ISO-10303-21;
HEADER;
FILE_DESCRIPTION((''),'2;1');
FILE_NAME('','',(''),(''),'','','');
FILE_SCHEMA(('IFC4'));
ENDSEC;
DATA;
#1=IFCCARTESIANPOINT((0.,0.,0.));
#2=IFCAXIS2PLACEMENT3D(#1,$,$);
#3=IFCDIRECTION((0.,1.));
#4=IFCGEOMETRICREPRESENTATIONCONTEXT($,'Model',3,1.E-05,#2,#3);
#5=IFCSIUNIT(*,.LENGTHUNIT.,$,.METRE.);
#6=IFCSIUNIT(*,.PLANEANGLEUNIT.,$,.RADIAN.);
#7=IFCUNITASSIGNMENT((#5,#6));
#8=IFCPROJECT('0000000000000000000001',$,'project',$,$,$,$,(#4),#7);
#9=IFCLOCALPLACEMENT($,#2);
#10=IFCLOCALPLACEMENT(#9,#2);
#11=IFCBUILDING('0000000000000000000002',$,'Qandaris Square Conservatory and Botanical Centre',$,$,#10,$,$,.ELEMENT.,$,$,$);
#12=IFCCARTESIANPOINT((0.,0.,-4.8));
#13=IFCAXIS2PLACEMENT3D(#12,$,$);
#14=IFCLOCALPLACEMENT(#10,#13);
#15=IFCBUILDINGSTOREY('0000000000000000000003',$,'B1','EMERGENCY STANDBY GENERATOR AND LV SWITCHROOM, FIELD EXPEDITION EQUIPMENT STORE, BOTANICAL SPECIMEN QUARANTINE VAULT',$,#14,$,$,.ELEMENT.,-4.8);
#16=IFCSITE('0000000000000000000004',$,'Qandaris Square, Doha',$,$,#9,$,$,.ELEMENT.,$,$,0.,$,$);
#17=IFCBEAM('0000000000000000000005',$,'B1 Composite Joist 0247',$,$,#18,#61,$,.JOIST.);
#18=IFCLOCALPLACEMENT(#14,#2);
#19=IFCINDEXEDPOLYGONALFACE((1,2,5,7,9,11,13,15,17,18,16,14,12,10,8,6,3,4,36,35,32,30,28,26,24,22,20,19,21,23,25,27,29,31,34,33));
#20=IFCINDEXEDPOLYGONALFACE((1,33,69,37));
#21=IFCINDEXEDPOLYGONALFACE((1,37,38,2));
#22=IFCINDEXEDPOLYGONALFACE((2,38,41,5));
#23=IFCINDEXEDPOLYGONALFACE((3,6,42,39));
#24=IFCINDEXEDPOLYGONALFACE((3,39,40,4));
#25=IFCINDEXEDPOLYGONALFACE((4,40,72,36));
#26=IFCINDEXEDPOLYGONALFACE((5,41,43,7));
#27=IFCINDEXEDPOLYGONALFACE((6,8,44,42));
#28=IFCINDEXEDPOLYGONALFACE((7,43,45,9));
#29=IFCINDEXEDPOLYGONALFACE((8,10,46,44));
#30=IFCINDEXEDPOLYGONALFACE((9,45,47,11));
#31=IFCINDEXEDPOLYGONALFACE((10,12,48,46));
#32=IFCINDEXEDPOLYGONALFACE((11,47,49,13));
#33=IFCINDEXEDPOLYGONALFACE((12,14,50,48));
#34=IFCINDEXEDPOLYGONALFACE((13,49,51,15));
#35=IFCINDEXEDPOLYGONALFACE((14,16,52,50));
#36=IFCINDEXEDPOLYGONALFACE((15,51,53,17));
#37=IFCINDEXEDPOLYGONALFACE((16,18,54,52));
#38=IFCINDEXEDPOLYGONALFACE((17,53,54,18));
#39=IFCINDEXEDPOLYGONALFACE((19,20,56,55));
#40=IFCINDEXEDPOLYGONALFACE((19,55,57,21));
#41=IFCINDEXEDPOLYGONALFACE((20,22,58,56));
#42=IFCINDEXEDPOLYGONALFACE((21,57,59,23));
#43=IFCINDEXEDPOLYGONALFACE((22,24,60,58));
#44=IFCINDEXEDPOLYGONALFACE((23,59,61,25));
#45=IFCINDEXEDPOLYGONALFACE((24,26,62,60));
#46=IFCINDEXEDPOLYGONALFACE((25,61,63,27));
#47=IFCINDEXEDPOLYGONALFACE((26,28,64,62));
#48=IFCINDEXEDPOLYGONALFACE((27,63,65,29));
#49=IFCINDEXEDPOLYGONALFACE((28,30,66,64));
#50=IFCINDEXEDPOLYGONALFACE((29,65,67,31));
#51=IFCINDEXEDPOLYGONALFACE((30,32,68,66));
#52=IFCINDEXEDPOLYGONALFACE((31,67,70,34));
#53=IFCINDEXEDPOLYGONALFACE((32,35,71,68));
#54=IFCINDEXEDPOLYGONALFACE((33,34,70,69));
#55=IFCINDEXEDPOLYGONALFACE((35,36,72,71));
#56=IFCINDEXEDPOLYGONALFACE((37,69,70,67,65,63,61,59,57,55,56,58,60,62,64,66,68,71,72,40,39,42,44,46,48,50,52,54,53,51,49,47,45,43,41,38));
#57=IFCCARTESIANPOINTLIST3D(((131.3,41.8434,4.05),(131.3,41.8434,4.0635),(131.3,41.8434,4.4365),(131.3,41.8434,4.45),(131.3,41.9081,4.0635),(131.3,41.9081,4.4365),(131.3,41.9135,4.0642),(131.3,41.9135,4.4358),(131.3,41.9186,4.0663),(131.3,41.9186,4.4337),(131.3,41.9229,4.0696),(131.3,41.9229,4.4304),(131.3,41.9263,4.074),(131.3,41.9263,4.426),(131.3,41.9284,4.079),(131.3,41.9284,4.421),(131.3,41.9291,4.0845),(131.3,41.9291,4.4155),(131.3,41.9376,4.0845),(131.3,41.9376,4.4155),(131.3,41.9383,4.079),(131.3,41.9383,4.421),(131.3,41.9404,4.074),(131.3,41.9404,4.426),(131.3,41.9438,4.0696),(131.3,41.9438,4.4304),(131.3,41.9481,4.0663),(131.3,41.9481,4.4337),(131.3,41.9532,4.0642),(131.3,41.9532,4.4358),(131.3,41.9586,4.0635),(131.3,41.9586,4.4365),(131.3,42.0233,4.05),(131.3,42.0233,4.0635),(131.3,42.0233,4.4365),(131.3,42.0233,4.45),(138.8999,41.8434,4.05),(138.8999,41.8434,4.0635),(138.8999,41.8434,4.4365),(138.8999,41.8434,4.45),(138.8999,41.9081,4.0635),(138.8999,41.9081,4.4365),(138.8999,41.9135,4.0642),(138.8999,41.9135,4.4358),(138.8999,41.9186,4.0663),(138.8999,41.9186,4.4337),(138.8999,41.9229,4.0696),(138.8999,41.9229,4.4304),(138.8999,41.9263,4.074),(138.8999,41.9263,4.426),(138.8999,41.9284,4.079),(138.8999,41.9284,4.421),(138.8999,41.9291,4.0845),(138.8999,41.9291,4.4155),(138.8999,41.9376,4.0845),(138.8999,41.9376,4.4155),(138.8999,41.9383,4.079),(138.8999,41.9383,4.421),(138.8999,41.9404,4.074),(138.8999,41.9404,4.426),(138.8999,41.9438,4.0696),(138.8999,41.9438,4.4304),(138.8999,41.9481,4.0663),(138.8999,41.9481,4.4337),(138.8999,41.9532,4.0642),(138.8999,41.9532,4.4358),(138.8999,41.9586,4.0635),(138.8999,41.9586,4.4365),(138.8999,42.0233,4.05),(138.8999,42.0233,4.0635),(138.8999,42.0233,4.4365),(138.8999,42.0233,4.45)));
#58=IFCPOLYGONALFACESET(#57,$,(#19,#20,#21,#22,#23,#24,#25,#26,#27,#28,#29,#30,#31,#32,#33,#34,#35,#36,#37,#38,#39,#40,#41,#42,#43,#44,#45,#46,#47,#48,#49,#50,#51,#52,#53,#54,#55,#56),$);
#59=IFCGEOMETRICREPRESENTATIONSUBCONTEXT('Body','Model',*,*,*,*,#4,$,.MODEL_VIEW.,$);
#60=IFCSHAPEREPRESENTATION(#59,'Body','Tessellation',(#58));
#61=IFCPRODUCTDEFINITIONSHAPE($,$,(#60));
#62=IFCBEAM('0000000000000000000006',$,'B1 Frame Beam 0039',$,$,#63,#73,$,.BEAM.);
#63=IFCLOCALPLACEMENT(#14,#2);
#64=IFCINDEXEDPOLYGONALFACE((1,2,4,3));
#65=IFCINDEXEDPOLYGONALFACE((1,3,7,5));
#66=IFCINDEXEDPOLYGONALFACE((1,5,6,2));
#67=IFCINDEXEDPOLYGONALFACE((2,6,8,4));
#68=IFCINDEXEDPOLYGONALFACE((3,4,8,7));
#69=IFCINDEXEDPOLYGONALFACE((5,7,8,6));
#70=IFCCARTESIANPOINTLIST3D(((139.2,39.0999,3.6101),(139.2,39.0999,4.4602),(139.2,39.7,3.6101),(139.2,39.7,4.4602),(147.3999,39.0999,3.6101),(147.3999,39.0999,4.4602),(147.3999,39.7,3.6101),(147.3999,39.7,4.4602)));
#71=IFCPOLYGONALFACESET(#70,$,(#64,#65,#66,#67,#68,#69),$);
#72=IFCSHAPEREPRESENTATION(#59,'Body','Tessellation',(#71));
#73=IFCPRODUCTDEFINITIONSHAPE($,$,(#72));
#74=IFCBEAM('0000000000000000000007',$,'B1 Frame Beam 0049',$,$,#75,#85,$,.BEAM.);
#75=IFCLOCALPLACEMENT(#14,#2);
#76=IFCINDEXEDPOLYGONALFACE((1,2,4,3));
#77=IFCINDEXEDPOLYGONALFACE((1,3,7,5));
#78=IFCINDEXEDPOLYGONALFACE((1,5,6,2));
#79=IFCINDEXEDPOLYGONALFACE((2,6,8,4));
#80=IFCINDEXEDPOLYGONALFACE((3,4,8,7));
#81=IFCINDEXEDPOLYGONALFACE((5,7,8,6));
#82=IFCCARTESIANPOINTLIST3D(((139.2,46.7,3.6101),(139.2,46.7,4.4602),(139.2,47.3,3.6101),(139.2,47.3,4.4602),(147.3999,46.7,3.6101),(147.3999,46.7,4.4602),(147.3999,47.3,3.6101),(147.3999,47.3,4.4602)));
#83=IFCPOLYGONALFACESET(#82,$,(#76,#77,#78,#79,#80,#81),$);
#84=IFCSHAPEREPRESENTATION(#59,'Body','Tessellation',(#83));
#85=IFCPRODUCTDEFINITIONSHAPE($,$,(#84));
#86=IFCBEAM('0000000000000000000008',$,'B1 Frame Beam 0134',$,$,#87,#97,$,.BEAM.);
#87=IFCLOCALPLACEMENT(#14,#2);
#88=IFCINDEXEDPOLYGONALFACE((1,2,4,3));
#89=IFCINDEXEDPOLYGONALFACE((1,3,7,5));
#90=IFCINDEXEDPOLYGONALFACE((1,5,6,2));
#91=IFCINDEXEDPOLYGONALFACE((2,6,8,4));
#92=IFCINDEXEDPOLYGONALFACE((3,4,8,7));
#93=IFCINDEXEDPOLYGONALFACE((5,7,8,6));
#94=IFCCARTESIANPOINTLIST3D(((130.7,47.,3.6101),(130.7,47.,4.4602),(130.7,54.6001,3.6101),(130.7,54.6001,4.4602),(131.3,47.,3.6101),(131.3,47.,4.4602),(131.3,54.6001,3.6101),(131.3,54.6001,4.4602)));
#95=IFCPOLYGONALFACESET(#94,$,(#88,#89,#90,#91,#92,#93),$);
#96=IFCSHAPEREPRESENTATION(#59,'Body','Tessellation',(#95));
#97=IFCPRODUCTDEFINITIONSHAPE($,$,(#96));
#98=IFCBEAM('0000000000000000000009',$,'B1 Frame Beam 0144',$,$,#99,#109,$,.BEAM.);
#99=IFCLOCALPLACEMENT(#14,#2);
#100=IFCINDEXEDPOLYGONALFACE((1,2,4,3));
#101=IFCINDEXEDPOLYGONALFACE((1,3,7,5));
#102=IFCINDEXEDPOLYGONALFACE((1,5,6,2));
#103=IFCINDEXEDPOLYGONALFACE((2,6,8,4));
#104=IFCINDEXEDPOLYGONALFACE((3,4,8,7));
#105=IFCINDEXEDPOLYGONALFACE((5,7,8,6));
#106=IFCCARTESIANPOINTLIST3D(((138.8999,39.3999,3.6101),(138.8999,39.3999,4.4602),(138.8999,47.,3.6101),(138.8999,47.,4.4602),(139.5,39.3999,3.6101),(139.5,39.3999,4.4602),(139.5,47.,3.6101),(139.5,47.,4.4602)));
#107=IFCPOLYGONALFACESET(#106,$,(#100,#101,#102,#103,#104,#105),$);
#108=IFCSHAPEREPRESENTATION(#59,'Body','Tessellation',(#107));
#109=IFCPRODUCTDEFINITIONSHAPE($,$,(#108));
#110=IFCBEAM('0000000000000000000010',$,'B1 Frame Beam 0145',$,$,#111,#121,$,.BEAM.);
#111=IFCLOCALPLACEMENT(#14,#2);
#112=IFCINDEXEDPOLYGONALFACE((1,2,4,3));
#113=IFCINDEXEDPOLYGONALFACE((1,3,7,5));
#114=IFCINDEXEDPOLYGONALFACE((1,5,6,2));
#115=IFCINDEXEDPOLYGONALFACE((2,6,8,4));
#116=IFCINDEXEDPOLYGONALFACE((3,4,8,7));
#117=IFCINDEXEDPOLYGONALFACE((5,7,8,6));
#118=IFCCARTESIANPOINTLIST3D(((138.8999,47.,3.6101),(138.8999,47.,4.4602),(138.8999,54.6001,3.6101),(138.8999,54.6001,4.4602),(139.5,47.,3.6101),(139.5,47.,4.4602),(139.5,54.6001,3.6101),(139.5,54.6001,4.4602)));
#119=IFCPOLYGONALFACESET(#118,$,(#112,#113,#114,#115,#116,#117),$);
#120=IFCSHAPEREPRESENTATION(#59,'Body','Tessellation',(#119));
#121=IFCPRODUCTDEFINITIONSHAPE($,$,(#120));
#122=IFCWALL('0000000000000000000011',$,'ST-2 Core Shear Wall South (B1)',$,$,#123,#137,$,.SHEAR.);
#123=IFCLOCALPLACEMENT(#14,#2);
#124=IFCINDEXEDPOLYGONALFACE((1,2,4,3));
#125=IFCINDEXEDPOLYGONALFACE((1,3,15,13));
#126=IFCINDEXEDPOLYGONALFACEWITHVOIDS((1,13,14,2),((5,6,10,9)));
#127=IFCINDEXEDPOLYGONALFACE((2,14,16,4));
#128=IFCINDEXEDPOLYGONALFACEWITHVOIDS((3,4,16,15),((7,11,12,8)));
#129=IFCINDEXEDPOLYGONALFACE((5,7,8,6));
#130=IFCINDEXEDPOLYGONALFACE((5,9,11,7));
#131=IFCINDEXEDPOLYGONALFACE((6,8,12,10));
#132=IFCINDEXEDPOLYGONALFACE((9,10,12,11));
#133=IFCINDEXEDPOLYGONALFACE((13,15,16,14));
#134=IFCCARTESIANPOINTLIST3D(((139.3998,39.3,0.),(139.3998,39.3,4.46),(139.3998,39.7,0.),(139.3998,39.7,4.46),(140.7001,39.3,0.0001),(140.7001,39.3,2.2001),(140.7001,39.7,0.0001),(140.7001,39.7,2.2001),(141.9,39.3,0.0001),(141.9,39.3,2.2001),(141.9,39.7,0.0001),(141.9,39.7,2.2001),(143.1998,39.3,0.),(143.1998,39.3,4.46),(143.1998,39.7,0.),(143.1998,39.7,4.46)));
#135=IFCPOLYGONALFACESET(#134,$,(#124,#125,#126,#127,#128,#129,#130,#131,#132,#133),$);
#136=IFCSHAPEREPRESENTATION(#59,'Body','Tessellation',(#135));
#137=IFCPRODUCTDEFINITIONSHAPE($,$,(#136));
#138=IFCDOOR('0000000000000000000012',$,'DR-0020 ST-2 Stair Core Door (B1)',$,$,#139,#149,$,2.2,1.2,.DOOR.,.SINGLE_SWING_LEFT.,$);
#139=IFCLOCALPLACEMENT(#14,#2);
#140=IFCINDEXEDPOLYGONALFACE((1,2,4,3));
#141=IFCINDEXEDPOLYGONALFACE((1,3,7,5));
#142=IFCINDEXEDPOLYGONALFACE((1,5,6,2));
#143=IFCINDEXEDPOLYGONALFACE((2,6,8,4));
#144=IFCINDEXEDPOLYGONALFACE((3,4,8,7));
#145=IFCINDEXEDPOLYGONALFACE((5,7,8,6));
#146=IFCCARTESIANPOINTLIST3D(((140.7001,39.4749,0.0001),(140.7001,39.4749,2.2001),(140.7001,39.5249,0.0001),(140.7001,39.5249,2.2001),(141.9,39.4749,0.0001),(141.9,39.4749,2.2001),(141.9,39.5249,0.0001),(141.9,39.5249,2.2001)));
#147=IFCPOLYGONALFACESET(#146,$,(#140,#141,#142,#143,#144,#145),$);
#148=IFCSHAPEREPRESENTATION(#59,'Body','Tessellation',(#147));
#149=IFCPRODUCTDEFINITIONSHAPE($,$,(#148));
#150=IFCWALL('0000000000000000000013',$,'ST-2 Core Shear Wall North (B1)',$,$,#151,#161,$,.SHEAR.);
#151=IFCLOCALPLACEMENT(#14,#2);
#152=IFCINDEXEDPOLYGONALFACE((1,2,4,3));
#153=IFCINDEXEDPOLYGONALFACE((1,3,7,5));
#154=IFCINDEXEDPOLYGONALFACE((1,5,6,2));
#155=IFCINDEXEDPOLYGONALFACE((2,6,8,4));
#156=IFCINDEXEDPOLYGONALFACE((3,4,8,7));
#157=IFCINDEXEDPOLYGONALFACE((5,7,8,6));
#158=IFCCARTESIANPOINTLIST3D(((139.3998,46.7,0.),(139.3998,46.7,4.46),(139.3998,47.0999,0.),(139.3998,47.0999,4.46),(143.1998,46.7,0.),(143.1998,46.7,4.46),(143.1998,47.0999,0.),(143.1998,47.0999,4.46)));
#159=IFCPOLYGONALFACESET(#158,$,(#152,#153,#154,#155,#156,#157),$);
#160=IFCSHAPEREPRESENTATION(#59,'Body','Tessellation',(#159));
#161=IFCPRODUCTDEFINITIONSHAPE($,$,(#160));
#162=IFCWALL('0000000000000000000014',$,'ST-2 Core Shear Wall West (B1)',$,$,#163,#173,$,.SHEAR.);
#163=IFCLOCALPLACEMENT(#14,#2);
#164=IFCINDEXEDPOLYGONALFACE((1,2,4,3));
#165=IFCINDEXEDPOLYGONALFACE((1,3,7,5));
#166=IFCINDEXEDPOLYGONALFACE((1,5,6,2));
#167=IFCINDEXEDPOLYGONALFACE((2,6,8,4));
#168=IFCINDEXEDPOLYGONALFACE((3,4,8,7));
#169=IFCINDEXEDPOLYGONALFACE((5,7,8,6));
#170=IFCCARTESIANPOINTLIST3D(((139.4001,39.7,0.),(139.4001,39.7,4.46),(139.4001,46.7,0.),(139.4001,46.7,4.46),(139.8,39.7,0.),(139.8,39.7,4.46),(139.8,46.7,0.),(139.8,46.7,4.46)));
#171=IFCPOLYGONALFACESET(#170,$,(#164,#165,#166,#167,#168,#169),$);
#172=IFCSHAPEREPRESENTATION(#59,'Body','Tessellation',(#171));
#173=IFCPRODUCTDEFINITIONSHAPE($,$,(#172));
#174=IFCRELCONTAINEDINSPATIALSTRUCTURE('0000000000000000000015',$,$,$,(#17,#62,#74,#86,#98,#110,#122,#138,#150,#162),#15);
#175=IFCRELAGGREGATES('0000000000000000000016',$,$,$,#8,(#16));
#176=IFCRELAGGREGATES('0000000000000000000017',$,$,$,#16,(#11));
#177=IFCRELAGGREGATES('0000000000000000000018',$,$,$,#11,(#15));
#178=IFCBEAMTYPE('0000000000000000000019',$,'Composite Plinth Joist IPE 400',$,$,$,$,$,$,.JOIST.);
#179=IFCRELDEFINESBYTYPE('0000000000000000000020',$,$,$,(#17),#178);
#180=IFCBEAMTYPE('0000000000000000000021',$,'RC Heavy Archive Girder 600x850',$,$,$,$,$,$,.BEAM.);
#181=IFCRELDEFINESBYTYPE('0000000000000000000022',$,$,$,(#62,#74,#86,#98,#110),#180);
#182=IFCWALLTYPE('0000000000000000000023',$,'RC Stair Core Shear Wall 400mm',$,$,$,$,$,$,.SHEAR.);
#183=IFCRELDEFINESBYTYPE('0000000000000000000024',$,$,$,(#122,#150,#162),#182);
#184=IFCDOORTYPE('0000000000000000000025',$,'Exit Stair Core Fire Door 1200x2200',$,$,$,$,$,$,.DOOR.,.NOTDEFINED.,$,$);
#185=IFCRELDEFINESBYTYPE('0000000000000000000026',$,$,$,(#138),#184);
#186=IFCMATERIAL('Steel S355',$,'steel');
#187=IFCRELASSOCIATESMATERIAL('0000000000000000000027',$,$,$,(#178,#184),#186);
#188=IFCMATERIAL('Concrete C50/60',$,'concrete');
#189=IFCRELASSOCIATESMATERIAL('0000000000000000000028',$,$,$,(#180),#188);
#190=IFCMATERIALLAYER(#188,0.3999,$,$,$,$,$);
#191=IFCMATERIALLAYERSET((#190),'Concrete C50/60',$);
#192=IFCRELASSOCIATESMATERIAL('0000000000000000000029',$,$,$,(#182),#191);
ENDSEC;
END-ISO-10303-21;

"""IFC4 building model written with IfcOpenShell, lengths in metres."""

from ifc_helpers import new_model, si_unit, direction, frame, frame_2d, origin, origin_2d, place, context, subcontext, project, spatial, rectangle, i_section, extrude, material, layer, layer_set, material_profile, profile_set, type_object, element, fill, save


model = new_model("IFC4")

# Units and contexts
model_context = context("Model", 3, precision=1e-05, world=origin(), true_north=direction((0.0, 1.0)))
body_context = subcontext(model_context, "Body", "Model", "MODEL_VIEW")
ifc_project = project(units=[si_unit("LENGTHUNIT", "METRE"), si_unit("PLANEANGLEUNIT", "RADIAN")], contexts=[model_context])

# Site, building, storey
site_placement = place(None, origin())
site = spatial("IfcSite", under=ifc_project, at=site_placement, Name="Qandaris Square, Doha", CompositionType="ELEMENT", RefElevation=0.0)
building_placement = place(site_placement, origin())
building = spatial("IfcBuilding", under=site, at=building_placement, Name="Qandaris Square Conservatory and Botanical Centre", CompositionType="ELEMENT")
storey_placement = place(building_placement, frame((0.0, 0.0, -4.8)))
storey = spatial("IfcBuildingStorey", under=building, at=storey_placement, Name="B1", Description="EMERGENCY STANDBY GENERATOR AND LV SWITCHROOM, FIELD EXPEDITION EQUIPMENT STORE, BOTANICAL SPECIMEN QUARANTINE VAULT", CompositionType="ELEMENT", Elevation=-4.8)

# Shared definitions
ifc_material_1 = material(Name="Concrete C50/60", Category="concrete")

# Beams
ifc_material_2 = material(Name="Steel S355", Category="steel")
ifc_material_profile_1 = material_profile(ifc_material_2, i_section(OverallWidth=0.1799, OverallDepth=0.3999, WebThickness=0.0085, FlangeThickness=0.0134, FilletRadius=0.021, at=origin_2d()), Name="IPE 400")
ifc_profile_set_1 = profile_set([ifc_material_profile_1], Name="Steel S355")
beam_type_1 = type_object("IfcBeamType", Name="Composite Plinth Joist IPE 400", PredefinedType="JOIST", material=ifc_profile_set_1)
beam_1_placement = place(storey_placement, frame((131.3, 41.9333, 4.25), z_axis=(1.0, 0.0, 0.0), x_axis=(0.0, 1.0, 0.0)))
element("IfcBeam", 1, at=beam_1_placement, inside=storey, type_object=beam_type_1, Name="B1 Composite Joist 0247", PredefinedType="JOIST", context=body_context, shape_type="SweptSolid", body=[
    extrude(i_section(OverallWidth=0.1799, OverallDepth=0.3999, WebThickness=0.0085, FlangeThickness=0.0134, FilletRadius=0.021, at=origin_2d()), origin(), (0.0, 0.0, 1.0), 7.5999),
])
ifc_material_profile_2 = material_profile(ifc_material_1, rectangle(XDim=0.6001, YDim=0.8501, at=origin_2d()), Name="RC-BM 600x850")
ifc_profile_set_2 = profile_set([ifc_material_profile_2], Name="Concrete C50/60")
beam_type_2 = type_object("IfcBeamType", Name="RC Heavy Archive Girder 600x850", PredefinedType="BEAM", material=ifc_profile_set_2)
for number, where, z_axis, x_axis, name in (
    (2, (139.2, 39.3999, 4.0352), (1.0, 0.0, 0.0), (0.0, 1.0, 0.0), "B1 Frame Beam 0039"),
    (3, (139.2, 47.0, 4.0352), (1.0, 0.0, 0.0), (0.0, 1.0, 0.0), "B1 Frame Beam 0049"),
):
    element("IfcBeam", number, at=place(storey_placement, frame(where, z_axis=z_axis, x_axis=x_axis)), inside=storey, type_object=beam_type_2, Name=name, PredefinedType="BEAM", context=body_context, shape_type="SweptSolid", body=[
        extrude(rectangle(XDim=0.6001, YDim=0.8501, at=origin_2d()), origin(), (0.0, 0.0, 1.0), 8.2),
    ])
for number, where, z_axis, x_axis, name in (
    (4, (131.0, 47.0, 4.0352), (0.0, 1.0, 0.0), (-1.0, 0.0, 0.0), "B1 Frame Beam 0134"),
    (5, (139.2, 39.3999, 4.0352), (0.0, 1.0, 0.0), (-1.0, 0.0, 0.0), "B1 Frame Beam 0144"),
    (6, (139.2, 47.0, 4.0352), (0.0, 1.0, 0.0), (-1.0, 0.0, 0.0), "B1 Frame Beam 0145"),
):
    element("IfcBeam", number, at=place(storey_placement, frame(where, z_axis=z_axis, x_axis=x_axis)), inside=storey, type_object=beam_type_2, Name=name, PredefinedType="BEAM", context=body_context, shape_type="SweptSolid", body=[
        extrude(rectangle(XDim=0.6001, YDim=0.8501, at=origin_2d()), origin(), (0.0, 0.0, 1.0), 7.6001),
    ])

# Wall, opening, door
ifc_layer = layer(ifc_material_1, 0.3999)
ifc_layer_set = layer_set([ifc_layer], Name="Concrete C50/60")
wall_type = type_object("IfcWallType", Name="RC Stair Core Shear Wall 400mm", PredefinedType="SHEAR", material=ifc_layer_set)
wall_1_placement = place(storey_placement, frame((139.3999, 39.5, 0.0), z_axis=(0.0, 0.0, 1.0), x_axis=(1.0, 0.0, 0.0)))
wall_1 = element("IfcWall", 7, at=wall_1_placement, inside=storey, type_object=wall_type, Name="ST-2 Core Shear Wall South (B1)", PredefinedType="SHEAR", context=body_context, shape_type="SweptSolid", body=[
    extrude(rectangle(XDim=3.8, YDim=0.3999, at=frame_2d((1.8999, 0.0))), origin(), (0.0, 0.0, 1.0), 4.46),
])
opening_placement = place(wall_1_placement, frame((1.3, 0.0, 0.0)))
opening = element("IfcOpeningElement", 8, at=opening_placement, cuts=wall_1, PredefinedType="OPENING", context=body_context, shape_type="SweptSolid", body=[
    extrude(rectangle(XDim=1.2, YDim=2.2, at=frame_2d((0.6001, 1.1001))), frame((0.0, 0.2119, 0.0), z_axis=(0.0, -1.0, 0.0), x_axis=(1.0, 0.0, 0.0)), (0.0, 0.0, 1.0), 0.4238),
])
door_type = type_object("IfcDoorType", Name="Exit Stair Core Fire Door 1200x2200", OperationType="NOTDEFINED", PredefinedType="DOOR", material=ifc_material_2)
door_placement = place(opening_placement, origin())
door = element("IfcDoor", 9, at=door_placement, inside=storey, type_object=door_type, Name="DR-0020 ST-2 Stair Core Door (B1)", OperationType="SINGLE_SWING_LEFT", OverallHeight=2.2, OverallWidth=1.2, PredefinedType="DOOR", context=body_context, shape_type="SweptSolid", body=[
    extrude(rectangle(XDim=1.2, YDim=2.2, at=frame_2d((0.6001, 1.1001))), frame((0.0, 0.0249, 0.0), z_axis=(0.0, -1.0, 0.0), x_axis=(1.0, 0.0, 0.0)), (0.0, 0.0, 1.0), 0.05),
])
fill(opening, door)

# Walls
wall_2_placement = place(storey_placement, frame((139.3999, 46.8999, 0.0), z_axis=(0.0, 0.0, 1.0), x_axis=(1.0, 0.0, 0.0)))
element("IfcWall", 10, at=wall_2_placement, inside=storey, type_object=wall_type, Name="ST-2 Core Shear Wall North (B1)", PredefinedType="SHEAR", context=body_context, shape_type="SweptSolid", body=[
    extrude(rectangle(XDim=3.8, YDim=0.3999, at=frame_2d((1.8999, 0.0))), origin(), (0.0, 0.0, 1.0), 4.46),
])
wall_3_placement = place(storey_placement, frame((139.6001, 39.7, 0.0), z_axis=(0.0, 0.0, 1.0), x_axis=(0.0, 1.0, 0.0)))
element("IfcWall", 11, at=wall_3_placement, inside=storey, type_object=wall_type, Name="ST-2 Core Shear Wall West (B1)", PredefinedType="SHEAR", context=body_context, shape_type="SweptSolid", body=[
    extrude(rectangle(XDim=7.0, YDim=0.3999, at=frame_2d((3.5, 0.0))), origin(), (0.0, 0.0, 1.0), 4.46),
])

save(model, "model.ifc")
